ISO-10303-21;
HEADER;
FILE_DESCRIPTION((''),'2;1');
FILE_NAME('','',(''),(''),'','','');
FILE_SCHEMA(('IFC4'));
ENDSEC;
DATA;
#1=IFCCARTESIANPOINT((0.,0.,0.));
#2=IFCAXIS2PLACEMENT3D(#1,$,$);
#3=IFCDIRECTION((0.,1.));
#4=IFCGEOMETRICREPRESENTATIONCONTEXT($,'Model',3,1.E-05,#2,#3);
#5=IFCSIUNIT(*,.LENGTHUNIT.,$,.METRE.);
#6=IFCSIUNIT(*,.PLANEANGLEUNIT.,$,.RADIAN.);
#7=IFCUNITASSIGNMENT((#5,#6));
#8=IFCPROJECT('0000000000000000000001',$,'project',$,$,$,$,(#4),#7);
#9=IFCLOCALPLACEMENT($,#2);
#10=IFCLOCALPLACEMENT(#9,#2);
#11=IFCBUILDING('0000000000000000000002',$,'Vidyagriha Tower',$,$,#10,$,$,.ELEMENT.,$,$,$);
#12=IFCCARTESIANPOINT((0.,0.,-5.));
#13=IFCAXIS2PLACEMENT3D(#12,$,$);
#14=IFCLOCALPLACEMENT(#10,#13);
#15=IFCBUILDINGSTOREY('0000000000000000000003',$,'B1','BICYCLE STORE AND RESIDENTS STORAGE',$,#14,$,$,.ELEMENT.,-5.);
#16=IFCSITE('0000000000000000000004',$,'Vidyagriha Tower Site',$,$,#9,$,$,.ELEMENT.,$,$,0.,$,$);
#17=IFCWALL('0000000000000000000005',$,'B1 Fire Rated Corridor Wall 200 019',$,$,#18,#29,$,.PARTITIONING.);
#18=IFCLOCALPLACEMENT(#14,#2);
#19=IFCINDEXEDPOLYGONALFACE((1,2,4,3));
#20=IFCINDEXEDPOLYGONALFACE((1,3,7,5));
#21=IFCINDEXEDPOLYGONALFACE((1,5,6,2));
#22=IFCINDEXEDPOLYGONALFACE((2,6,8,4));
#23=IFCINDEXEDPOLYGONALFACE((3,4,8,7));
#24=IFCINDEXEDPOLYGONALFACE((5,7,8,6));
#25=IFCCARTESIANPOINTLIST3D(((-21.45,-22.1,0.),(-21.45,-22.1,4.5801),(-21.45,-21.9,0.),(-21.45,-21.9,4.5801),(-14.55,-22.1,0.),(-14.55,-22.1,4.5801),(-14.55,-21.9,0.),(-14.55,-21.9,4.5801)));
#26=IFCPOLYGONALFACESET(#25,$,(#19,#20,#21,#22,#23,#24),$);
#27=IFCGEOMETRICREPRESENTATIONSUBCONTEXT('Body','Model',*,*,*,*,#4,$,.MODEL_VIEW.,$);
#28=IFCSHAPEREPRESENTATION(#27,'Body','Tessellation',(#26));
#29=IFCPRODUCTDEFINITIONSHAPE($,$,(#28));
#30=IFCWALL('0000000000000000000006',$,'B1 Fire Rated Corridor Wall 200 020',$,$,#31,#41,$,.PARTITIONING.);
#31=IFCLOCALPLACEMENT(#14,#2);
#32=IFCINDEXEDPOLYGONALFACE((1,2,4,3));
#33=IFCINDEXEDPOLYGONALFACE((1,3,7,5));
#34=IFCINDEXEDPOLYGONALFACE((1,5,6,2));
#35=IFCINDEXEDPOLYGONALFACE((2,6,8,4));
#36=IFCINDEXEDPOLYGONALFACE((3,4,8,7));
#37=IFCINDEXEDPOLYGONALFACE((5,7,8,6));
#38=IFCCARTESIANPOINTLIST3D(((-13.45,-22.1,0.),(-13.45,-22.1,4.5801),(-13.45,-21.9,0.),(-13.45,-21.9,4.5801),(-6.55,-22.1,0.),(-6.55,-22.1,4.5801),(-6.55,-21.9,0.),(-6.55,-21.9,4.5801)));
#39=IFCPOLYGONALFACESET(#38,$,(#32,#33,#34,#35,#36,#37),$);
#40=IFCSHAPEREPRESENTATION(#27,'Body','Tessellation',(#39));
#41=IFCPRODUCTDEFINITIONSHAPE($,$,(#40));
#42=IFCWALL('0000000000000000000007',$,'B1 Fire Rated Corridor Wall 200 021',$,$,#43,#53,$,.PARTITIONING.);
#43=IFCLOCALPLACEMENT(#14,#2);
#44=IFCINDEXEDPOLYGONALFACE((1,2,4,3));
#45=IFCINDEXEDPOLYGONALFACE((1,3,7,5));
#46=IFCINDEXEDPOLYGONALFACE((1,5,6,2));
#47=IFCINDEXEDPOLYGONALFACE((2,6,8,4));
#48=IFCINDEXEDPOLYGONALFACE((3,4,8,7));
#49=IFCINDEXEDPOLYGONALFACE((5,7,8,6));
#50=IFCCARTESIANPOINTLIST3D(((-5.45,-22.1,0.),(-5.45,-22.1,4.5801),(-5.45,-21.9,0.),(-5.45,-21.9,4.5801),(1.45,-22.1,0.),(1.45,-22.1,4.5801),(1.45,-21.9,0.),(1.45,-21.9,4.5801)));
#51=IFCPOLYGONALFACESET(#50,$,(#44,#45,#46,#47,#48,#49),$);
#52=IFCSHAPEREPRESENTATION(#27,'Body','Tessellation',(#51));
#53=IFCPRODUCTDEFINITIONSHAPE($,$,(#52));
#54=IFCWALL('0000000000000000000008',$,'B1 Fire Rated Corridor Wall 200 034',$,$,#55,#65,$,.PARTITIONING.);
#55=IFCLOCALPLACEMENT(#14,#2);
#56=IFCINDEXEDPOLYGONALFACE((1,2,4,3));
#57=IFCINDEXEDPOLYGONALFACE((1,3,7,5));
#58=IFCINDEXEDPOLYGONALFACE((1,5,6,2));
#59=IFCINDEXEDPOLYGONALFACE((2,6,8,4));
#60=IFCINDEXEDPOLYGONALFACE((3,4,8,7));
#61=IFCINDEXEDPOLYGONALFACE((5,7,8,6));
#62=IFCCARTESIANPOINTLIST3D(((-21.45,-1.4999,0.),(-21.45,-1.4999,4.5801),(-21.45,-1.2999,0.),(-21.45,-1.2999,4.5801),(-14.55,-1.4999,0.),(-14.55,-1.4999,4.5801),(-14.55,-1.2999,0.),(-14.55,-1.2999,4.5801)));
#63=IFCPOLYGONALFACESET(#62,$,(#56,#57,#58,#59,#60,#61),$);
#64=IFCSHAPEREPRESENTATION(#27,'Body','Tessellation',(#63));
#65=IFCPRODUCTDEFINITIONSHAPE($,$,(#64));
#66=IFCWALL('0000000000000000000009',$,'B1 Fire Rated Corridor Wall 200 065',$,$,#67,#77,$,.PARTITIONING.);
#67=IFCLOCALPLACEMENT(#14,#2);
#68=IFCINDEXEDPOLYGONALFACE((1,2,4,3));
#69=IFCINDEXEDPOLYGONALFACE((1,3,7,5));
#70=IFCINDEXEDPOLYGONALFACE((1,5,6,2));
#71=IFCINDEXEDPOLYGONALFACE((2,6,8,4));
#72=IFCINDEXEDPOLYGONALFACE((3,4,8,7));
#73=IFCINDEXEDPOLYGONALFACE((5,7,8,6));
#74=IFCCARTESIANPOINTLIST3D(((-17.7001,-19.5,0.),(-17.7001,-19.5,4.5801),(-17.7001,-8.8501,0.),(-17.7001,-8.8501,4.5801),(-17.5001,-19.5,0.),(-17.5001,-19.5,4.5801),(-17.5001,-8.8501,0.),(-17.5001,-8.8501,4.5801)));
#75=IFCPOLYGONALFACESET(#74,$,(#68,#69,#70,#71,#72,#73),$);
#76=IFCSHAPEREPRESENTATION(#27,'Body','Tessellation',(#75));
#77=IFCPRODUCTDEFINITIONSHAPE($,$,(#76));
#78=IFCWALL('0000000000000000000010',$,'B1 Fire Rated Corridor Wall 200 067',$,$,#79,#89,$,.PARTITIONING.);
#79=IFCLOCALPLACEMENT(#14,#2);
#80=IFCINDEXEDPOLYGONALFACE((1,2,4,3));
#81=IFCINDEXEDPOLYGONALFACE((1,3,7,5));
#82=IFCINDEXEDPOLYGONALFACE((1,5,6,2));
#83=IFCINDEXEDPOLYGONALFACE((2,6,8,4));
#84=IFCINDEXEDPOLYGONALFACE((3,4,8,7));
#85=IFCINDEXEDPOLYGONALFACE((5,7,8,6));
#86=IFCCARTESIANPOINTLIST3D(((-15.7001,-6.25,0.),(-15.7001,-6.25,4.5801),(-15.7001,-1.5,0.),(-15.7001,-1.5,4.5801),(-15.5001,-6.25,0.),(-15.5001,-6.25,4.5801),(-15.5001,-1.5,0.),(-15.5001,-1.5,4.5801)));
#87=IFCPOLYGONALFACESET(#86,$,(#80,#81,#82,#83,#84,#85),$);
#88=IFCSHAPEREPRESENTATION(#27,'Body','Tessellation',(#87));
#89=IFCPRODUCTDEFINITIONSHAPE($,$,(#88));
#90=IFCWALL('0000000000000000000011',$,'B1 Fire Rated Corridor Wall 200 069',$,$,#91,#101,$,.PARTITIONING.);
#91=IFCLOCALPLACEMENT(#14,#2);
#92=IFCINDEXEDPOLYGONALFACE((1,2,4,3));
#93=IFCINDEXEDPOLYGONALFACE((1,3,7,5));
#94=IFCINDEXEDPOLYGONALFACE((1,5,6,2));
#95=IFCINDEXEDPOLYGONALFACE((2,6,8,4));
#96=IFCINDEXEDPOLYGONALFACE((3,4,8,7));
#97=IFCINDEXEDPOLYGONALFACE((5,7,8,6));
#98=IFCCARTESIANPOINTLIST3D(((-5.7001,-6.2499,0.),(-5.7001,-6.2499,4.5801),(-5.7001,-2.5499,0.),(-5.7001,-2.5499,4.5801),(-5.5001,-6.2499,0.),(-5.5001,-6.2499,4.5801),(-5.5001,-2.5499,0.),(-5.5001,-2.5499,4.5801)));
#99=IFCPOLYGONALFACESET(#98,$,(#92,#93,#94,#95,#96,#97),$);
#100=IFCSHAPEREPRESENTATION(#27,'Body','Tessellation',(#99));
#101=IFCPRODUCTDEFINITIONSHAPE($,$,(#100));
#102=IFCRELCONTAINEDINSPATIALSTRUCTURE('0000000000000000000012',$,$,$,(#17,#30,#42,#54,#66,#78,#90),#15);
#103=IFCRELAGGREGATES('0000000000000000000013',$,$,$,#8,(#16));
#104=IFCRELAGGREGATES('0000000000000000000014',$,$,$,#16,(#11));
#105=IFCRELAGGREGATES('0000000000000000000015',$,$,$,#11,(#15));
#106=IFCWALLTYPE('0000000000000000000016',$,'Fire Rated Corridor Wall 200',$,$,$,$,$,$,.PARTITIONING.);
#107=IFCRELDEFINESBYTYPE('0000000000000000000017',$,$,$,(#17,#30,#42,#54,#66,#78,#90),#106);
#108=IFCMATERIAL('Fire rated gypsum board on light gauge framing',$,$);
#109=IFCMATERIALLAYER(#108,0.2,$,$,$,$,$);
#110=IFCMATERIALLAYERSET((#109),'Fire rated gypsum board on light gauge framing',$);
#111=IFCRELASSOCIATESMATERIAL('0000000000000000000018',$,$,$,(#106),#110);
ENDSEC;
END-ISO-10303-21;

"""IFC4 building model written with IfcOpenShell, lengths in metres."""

from ifc_helpers import new_model, si_unit, direction, frame, frame_2d, origin, place, context, subcontext, project, spatial, rectangle, extrude, material, layer, layer_set, type_object, element, save


model = new_model("IFC4")

# Units and contexts
model_context = context("Model", 3, precision=1e-05, world=origin(), true_north=direction((0.0, 1.0)))
body_context = subcontext(model_context, "Body", "Model", "MODEL_VIEW")
ifc_project = project(units=[si_unit("LENGTHUNIT", "METRE"), si_unit("PLANEANGLEUNIT", "RADIAN")], contexts=[model_context])

# Site, building, storey
site_placement = place(None, origin())
site = spatial("IfcSite", under=ifc_project, at=site_placement, Name="Vidyagriha Tower Site", CompositionType="ELEMENT", RefElevation=0.0)
building_placement = place(site_placement, origin())
building = spatial("IfcBuilding", under=site, at=building_placement, Name="Vidyagriha Tower", CompositionType="ELEMENT")
storey_placement = place(building_placement, frame((0.0, 0.0, -5.0)))
storey = spatial("IfcBuildingStorey", under=building, at=storey_placement, Name="B1", Description="BICYCLE STORE AND RESIDENTS STORAGE", CompositionType="ELEMENT", Elevation=-5.0)

# Walls
ifc_material_1 = material(Name="Fire rated gypsum board on light gauge framing")
ifc_layer_1 = layer(ifc_material_1, 0.2)
ifc_layer_set_1 = layer_set([ifc_layer_1], Name="Fire rated gypsum board on light gauge framing")
wall_type = type_object("IfcWallType", Name="Fire Rated Corridor Wall 200", PredefinedType="PARTITIONING", material=ifc_layer_set_1)
for number, where, name in (
    (1, (-21.45, -22.0, 0.0), "B1 Fire Rated Corridor Wall 200 019"),
    (2, (-13.45, -22.0, 0.0), "B1 Fire Rated Corridor Wall 200 020"),
    (3, (-5.45, -22.0, 0.0), "B1 Fire Rated Corridor Wall 200 021"),
    (4, (-21.45, -1.3999, 0.0), "B1 Fire Rated Corridor Wall 200 034"),
):
    element("IfcWall", number, at=place(storey_placement, frame(where)), inside=storey, type_object=wall_type, Name=name, PredefinedType="PARTITIONING", context=body_context, shape_type="SweptSolid", body=[
        extrude(rectangle(XDim=6.8999, YDim=0.2, at=frame_2d((3.45, 0.0))), origin(), (0.0, 0.0, 1.0), 4.5801),
    ])
wall_1_placement = place(storey_placement, frame((-17.6001, -19.5, 0.0), z_axis=(0.0, 0.0, 1.0), x_axis=(0.0, 1.0, 0.0)))
element("IfcWall", 5, at=wall_1_placement, inside=storey, type_object=wall_type, Name="B1 Fire Rated Corridor Wall 200 065", PredefinedType="PARTITIONING", context=body_context, shape_type="SweptSolid", body=[
    extrude(rectangle(XDim=10.6499, YDim=0.2, at=frame_2d((5.325, 0.0))), origin(), (0.0, 0.0, 1.0), 4.5801),
])
wall_2_placement = place(storey_placement, frame((-15.6001, -6.25, 0.0), z_axis=(0.0, 0.0, 1.0), x_axis=(0.0, 1.0, 0.0)))
element("IfcWall", 6, at=wall_2_placement, inside=storey, type_object=wall_type, Name="B1 Fire Rated Corridor Wall 200 067", PredefinedType="PARTITIONING", context=body_context, shape_type="SweptSolid", body=[
    extrude(rectangle(XDim=4.75, YDim=0.2, at=frame_2d((2.375, 0.0))), origin(), (0.0, 0.0, 1.0), 4.5801),
])
wall_3_placement = place(storey_placement, frame((-5.6001, -6.25, 0.0), z_axis=(0.0, 0.0, 1.0), x_axis=(0.0, 1.0, 0.0)))
element("IfcWall", 7, at=wall_3_placement, inside=storey, type_object=wall_type, Name="B1 Fire Rated Corridor Wall 200 069", PredefinedType="PARTITIONING", context=body_context, shape_type="SweptSolid", body=[
    extrude(rectangle(XDim=3.7, YDim=0.2, at=frame_2d((1.8501, 0.0))), origin(), (0.0, 0.0, 1.0), 4.5801),
])

save(model, "model.ifc")
